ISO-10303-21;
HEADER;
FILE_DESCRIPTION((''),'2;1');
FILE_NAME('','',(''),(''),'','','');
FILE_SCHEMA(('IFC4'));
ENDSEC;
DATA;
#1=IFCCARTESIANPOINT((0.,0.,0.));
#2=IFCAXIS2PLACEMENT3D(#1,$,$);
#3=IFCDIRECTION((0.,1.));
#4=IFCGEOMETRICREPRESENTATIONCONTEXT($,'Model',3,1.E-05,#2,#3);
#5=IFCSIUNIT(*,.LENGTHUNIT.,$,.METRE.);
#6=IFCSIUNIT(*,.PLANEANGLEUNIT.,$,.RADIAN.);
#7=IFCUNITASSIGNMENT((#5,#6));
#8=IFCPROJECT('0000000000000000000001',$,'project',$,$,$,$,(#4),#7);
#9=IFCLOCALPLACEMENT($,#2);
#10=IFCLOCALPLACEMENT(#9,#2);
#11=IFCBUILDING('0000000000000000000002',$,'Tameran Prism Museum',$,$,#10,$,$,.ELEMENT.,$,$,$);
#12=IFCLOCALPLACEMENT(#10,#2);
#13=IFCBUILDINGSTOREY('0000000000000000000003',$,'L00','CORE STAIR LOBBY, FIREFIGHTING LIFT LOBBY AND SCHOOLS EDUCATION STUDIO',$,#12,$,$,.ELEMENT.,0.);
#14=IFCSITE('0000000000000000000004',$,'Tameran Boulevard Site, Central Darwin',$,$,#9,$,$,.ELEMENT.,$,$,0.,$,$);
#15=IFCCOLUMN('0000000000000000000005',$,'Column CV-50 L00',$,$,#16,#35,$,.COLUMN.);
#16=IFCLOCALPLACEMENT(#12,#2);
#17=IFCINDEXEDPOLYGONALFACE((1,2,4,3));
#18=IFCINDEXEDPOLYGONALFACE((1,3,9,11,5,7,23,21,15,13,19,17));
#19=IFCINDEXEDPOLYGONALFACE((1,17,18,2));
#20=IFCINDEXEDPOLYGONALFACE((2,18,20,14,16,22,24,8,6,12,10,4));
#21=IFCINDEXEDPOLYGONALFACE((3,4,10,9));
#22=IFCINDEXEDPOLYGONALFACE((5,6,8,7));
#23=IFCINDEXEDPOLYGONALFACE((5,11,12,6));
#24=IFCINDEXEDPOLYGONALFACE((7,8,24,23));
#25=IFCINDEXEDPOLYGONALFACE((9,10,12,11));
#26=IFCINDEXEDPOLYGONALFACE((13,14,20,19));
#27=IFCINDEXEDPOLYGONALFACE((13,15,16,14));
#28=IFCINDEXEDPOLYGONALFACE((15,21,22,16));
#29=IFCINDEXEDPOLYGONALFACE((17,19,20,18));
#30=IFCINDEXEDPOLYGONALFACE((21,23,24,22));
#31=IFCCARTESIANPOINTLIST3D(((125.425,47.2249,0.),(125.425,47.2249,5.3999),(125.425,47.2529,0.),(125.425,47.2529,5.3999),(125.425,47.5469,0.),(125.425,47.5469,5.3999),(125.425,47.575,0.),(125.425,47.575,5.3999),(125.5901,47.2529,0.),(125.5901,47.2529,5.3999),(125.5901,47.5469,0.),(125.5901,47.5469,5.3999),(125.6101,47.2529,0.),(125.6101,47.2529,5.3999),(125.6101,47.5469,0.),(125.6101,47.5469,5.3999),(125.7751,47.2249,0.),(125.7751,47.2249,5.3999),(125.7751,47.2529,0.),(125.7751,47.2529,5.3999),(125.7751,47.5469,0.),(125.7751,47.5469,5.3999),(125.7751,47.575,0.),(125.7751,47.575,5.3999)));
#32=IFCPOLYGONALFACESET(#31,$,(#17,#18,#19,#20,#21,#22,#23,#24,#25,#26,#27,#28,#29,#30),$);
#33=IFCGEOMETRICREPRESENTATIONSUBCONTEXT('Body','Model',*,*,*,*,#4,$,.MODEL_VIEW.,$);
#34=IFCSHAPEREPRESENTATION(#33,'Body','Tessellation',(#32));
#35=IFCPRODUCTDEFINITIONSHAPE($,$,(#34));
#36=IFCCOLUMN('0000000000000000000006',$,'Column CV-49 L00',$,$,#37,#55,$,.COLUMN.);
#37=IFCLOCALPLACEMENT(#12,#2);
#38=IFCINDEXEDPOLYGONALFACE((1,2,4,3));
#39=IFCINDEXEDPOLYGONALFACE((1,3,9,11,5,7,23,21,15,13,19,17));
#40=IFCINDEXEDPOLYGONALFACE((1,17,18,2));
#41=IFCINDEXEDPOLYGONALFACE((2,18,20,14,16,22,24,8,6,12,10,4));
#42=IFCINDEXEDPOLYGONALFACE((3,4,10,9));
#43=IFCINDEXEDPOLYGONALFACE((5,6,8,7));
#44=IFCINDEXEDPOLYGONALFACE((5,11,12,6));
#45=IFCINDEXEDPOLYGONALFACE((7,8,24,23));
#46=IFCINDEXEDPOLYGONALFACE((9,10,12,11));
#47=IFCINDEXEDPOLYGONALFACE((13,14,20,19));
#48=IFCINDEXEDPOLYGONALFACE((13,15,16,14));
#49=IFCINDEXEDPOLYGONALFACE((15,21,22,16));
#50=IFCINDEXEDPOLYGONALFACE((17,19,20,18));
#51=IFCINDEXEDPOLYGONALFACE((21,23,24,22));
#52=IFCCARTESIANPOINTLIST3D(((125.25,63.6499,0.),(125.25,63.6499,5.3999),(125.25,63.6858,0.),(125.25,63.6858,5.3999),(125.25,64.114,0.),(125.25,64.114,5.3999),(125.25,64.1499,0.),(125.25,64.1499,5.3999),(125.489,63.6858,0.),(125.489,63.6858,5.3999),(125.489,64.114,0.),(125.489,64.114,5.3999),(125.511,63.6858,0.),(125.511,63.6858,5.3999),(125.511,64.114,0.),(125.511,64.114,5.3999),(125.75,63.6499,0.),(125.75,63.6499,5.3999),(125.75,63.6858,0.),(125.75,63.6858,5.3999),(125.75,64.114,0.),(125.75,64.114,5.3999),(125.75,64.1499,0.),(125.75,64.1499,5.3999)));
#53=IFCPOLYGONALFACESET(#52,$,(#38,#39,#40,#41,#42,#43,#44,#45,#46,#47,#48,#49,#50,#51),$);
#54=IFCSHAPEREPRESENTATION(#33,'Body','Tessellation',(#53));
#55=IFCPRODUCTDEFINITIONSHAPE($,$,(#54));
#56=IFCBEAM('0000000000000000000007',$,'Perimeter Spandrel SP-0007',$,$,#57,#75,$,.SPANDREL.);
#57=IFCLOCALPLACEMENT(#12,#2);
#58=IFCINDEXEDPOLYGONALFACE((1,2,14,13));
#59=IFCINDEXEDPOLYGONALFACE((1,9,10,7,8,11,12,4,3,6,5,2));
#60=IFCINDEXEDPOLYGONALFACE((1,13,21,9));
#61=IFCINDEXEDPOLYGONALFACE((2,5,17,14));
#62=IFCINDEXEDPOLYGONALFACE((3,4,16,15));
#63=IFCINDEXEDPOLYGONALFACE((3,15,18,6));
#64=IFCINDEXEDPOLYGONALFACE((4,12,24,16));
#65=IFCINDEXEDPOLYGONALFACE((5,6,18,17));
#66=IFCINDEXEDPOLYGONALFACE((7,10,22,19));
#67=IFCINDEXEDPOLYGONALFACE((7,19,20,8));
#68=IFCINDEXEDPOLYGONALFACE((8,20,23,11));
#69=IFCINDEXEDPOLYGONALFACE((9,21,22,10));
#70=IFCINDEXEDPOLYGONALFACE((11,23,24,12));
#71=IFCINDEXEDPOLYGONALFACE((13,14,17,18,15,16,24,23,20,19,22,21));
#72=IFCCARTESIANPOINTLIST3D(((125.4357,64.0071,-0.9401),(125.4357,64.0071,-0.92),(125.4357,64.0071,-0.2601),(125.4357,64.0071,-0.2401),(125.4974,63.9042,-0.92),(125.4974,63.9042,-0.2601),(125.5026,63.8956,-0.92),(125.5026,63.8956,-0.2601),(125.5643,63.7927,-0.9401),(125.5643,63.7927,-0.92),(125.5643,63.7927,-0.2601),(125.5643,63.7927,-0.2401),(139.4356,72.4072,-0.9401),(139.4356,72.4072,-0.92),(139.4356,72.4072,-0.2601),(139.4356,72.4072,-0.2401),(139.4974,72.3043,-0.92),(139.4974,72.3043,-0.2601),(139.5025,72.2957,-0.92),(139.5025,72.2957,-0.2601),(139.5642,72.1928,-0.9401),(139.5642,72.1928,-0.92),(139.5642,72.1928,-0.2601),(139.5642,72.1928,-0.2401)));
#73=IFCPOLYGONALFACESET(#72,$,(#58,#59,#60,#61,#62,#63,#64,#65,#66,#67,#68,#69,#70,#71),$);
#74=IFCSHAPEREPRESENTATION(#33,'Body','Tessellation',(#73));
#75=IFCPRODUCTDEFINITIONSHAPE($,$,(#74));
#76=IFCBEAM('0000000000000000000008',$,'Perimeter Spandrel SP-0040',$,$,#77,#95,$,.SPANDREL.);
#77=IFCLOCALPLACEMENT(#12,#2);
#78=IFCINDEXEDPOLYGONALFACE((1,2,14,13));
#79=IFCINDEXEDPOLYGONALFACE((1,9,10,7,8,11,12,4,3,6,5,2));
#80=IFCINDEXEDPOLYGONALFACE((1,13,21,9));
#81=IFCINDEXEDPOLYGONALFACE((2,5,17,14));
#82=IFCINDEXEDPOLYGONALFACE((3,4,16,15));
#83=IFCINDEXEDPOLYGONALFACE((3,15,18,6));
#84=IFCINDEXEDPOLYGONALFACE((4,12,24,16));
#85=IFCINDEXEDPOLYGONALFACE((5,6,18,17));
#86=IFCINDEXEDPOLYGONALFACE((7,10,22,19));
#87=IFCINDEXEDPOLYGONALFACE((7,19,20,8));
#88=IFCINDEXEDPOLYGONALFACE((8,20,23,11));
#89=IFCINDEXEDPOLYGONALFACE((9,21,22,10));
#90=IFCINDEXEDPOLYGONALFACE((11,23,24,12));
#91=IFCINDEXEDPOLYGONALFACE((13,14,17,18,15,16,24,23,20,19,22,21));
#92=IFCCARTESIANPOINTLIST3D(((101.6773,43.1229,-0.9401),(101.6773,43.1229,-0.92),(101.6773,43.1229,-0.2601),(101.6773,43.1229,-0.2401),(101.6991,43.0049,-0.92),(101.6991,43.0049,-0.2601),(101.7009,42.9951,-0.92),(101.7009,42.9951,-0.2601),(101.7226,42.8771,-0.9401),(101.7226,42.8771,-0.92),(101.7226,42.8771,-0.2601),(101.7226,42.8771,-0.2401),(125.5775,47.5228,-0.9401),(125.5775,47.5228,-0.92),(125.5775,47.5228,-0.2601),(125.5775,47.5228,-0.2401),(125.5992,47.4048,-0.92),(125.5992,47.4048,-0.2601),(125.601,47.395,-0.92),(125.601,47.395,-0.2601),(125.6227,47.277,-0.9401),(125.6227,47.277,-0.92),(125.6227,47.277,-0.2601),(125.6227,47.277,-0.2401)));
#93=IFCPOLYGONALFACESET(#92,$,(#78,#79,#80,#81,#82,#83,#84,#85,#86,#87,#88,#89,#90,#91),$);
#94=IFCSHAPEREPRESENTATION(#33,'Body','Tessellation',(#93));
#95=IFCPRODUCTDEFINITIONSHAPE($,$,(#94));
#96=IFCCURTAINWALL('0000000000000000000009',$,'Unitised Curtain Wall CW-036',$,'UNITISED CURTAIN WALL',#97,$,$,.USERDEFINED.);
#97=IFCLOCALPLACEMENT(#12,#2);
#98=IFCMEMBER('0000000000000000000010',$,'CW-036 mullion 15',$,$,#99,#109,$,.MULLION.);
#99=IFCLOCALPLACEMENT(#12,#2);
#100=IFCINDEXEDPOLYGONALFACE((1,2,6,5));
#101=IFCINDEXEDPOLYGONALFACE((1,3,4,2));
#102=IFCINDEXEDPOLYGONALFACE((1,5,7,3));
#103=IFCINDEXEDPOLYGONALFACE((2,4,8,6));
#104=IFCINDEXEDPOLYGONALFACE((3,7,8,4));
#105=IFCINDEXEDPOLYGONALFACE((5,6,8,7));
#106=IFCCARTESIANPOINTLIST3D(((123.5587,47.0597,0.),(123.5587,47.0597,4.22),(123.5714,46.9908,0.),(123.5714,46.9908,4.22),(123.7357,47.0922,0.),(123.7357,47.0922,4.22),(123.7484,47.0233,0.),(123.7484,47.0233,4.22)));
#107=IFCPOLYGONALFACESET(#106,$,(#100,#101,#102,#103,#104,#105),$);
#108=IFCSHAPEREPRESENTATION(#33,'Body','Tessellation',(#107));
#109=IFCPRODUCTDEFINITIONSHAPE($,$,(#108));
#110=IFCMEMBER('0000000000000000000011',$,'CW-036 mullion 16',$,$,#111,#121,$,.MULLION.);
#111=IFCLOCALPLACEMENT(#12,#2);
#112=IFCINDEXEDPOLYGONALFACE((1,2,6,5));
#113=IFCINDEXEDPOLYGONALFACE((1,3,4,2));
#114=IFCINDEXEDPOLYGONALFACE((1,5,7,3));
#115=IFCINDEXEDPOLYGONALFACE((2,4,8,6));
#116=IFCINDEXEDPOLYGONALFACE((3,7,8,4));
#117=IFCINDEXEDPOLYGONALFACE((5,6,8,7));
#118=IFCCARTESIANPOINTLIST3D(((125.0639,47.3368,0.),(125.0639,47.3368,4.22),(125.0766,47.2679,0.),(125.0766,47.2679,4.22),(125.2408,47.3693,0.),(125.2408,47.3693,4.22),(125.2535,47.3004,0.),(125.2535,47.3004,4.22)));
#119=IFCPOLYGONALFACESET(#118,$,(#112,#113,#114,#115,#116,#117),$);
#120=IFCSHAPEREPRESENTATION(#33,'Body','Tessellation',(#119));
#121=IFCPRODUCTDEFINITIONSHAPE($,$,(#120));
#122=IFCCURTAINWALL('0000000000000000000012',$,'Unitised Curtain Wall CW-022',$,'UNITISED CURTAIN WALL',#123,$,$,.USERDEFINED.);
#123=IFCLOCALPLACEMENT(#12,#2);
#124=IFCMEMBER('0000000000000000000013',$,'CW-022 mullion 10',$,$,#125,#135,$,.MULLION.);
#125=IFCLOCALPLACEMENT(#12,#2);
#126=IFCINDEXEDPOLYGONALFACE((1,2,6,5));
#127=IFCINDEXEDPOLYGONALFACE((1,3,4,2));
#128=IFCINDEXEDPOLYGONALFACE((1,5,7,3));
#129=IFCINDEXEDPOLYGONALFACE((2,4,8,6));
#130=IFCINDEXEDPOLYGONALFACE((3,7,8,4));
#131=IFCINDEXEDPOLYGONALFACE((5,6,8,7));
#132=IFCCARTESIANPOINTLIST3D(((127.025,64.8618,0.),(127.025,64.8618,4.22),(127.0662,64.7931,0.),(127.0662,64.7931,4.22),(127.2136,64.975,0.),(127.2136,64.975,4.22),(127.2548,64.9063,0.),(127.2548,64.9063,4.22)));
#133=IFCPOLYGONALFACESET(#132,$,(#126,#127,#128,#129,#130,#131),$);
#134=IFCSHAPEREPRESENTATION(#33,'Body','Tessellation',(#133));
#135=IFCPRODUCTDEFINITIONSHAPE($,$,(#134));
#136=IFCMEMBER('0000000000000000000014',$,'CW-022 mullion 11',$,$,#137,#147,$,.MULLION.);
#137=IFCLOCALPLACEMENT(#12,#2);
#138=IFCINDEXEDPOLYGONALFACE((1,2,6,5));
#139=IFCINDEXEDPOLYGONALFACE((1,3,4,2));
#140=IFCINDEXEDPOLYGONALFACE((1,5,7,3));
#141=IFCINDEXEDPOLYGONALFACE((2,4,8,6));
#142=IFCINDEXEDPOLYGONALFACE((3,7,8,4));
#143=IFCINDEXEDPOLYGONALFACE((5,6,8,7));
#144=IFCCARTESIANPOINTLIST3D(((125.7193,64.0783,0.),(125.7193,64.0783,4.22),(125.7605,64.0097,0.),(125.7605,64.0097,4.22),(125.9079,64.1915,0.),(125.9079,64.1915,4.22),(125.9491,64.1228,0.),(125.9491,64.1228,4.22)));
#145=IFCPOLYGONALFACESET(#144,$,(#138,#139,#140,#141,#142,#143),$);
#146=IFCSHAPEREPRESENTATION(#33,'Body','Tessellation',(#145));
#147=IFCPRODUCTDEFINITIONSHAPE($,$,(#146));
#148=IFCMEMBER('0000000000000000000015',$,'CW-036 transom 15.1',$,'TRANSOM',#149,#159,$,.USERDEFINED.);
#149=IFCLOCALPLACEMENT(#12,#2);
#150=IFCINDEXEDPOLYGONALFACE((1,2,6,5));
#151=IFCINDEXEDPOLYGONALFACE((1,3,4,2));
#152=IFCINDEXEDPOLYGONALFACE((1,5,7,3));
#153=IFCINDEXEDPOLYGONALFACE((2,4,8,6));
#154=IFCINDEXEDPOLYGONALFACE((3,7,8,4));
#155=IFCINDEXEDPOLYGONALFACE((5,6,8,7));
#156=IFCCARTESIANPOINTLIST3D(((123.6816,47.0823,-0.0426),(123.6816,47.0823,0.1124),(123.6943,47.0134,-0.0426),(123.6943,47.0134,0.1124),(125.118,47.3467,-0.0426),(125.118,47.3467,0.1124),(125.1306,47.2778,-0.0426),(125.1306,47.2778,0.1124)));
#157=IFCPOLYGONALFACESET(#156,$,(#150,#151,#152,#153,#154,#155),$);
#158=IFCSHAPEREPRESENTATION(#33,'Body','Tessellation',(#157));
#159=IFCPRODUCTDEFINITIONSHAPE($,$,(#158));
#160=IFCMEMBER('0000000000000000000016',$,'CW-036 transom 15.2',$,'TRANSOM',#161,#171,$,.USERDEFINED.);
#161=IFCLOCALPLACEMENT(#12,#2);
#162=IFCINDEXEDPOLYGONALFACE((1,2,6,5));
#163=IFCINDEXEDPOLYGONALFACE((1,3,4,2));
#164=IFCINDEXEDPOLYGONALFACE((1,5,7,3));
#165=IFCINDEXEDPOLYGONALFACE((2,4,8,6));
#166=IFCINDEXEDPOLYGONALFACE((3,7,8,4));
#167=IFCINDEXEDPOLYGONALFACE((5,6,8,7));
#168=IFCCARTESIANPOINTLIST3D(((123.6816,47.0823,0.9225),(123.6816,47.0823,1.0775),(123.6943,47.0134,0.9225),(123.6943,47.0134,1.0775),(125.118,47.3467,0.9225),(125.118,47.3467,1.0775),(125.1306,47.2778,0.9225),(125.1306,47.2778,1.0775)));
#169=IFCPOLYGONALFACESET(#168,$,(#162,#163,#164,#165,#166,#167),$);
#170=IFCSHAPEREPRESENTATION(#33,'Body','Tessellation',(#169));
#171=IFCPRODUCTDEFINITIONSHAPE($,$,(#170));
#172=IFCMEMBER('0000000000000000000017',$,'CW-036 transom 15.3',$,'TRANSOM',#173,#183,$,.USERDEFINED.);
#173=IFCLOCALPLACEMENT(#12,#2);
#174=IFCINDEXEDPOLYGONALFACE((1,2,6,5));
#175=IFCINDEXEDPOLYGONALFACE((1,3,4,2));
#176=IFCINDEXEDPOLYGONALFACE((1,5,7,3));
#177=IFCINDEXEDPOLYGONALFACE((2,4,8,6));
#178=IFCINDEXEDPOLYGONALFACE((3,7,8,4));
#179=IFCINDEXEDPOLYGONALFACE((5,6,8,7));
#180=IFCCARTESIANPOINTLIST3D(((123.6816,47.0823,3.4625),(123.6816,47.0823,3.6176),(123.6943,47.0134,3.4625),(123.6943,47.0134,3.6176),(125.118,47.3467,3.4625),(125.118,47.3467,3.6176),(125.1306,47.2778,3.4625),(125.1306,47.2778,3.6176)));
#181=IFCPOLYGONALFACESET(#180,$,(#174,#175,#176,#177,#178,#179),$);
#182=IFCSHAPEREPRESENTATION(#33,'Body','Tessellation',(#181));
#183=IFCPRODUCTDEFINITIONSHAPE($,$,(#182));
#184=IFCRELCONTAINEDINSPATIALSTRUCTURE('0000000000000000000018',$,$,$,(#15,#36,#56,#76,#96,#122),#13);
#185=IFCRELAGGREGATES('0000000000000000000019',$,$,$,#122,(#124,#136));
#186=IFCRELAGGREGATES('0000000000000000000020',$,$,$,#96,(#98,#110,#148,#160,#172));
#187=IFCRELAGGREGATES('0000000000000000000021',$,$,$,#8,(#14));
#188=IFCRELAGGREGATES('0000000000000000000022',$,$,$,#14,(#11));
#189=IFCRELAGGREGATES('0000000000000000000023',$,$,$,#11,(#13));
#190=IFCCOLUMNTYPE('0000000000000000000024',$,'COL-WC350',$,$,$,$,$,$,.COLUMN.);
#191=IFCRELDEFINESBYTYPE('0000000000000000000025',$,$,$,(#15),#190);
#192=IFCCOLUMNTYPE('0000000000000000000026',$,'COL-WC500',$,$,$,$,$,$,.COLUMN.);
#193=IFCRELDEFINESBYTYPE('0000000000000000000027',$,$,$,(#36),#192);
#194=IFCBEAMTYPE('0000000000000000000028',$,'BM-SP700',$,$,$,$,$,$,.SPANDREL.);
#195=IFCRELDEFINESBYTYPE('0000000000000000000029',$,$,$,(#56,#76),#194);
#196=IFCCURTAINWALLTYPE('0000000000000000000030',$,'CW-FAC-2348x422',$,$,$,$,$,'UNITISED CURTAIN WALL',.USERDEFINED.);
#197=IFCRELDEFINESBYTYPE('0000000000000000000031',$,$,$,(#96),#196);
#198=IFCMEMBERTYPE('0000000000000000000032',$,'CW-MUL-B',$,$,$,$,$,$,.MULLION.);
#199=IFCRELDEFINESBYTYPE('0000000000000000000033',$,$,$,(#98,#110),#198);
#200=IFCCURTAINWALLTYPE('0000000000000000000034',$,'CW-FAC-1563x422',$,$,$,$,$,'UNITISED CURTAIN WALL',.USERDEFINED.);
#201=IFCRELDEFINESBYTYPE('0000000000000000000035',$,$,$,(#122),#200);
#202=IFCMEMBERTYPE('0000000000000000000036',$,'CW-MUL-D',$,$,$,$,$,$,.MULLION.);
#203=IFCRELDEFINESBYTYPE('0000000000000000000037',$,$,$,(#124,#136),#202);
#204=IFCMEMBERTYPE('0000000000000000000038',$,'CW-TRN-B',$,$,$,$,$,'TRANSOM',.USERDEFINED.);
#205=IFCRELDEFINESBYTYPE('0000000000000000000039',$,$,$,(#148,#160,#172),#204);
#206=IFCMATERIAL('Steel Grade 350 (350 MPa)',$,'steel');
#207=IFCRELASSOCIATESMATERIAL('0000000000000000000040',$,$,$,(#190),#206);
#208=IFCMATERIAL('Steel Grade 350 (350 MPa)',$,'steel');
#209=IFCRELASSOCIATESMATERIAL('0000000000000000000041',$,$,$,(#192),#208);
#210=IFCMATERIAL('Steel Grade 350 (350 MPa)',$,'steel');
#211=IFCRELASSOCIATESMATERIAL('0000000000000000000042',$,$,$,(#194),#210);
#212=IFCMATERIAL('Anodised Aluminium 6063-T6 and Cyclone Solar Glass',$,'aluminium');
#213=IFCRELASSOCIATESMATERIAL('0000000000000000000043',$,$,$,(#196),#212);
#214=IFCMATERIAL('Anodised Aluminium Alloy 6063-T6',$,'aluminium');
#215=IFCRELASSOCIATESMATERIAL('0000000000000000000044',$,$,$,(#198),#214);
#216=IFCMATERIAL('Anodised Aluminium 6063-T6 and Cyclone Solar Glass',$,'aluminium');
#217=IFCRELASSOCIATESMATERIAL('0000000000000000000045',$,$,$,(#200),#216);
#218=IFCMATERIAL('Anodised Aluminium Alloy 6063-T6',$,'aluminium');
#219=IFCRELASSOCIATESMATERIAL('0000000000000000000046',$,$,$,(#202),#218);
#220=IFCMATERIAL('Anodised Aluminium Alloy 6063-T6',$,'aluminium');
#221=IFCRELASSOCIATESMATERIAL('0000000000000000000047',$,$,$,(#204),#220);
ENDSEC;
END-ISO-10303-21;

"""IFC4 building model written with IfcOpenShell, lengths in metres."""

from ifc_helpers import new_model, si_unit, direction, frame, origin, origin_2d, place, context, subcontext, project, spatial, rectangle, i_section, extrude, material, material_profile, profile_set, type_object, element, aggregate, save


model = new_model("IFC4")

# Units and contexts
model_context = context("Model", 3, precision=1e-05, world=origin(), true_north=direction((0.0, 1.0)))
body_context = subcontext(model_context, "Body", "Model", "MODEL_VIEW")
ifc_project = project(units=[si_unit("LENGTHUNIT", "METRE"), si_unit("PLANEANGLEUNIT", "RADIAN")], contexts=[model_context])

# Site, building, storey
site_placement = place(None, origin())
site = spatial("IfcSite", under=ifc_project, at=site_placement, Name="Tameran Boulevard Site, Central Darwin", CompositionType="ELEMENT", RefElevation=0.0)
building_placement = place(site_placement, origin())
building = spatial("IfcBuilding", under=site, at=building_placement, Name="Tameran Prism Museum", CompositionType="ELEMENT")
storey_placement = place(building_placement, origin())
storey = spatial("IfcBuildingStorey", under=building, at=storey_placement, Name="L00", Description="CORE STAIR LOBBY, FIREFIGHTING LIFT LOBBY AND SCHOOLS EDUCATION STUDIO", CompositionType="ELEMENT", Elevation=0.0)

# Columns
ifc_material_1 = material(Name="Steel Grade 350 (350 MPa)", Category="steel")
ifc_material_profile_1 = material_profile(ifc_material_1, i_section(OverallWidth=0.3501, OverallDepth=0.3501, WebThickness=0.02, FlangeThickness=0.0281, at=origin_2d()))
ifc_profile_set_1 = profile_set([ifc_material_profile_1])
column_type_1 = type_object("IfcColumnType", Name="COL-WC350", PredefinedType="COLUMN", material=ifc_profile_set_1)
column_1_placement = place(storey_placement, frame((125.6001, 47.3999, 0.0), z_axis=(0.0, 0.0, 1.0), x_axis=(1.0, 0.0, 0.0)))
element("IfcColumn", 1, at=column_1_placement, inside=storey, type_object=column_type_1, Name="Column CV-50 L00", PredefinedType="COLUMN", context=body_context, shape_type="SweptSolid", body=[
    extrude(i_section(OverallWidth=0.3501, OverallDepth=0.3501, WebThickness=0.02, FlangeThickness=0.0281, at=origin_2d()), origin(), (0.0, 0.0, 1.0), 5.3999),
])
ifc_material_2 = material(Name="Steel Grade 350 (350 MPa)", Category="steel")
ifc_material_profile_2 = material_profile(ifc_material_2, i_section(OverallWidth=0.5, OverallDepth=0.5, WebThickness=0.022, FlangeThickness=0.0359, at=origin_2d()))
ifc_profile_set_2 = profile_set([ifc_material_profile_2])
column_type_2 = type_object("IfcColumnType", Name="COL-WC500", PredefinedType="COLUMN", material=ifc_profile_set_2)
column_2_placement = place(storey_placement, frame((125.5, 63.8999, 0.0), z_axis=(0.0, 0.0, 1.0), x_axis=(1.0, 0.0, 0.0)))
element("IfcColumn", 2, at=column_2_placement, inside=storey, type_object=column_type_2, Name="Column CV-49 L00", PredefinedType="COLUMN", context=body_context, shape_type="SweptSolid", body=[
    extrude(i_section(OverallWidth=0.5, OverallDepth=0.5, WebThickness=0.022, FlangeThickness=0.0359, at=origin_2d()), origin(), (0.0, 0.0, 1.0), 5.3999),
])

# Beams
ifc_material_3 = material(Name="Steel Grade 350 (350 MPa)", Category="steel")
ifc_material_profile_3 = material_profile(ifc_material_3, i_section(OverallWidth=0.25, OverallDepth=0.7, WebThickness=0.01, FlangeThickness=0.02, at=origin_2d()))
ifc_profile_set_3 = profile_set([ifc_material_profile_3])
beam_type = type_object("IfcBeamType", Name="BM-SP700", PredefinedType="SPANDREL", material=ifc_profile_set_3)
beam_1_placement = place(storey_placement, frame((125.5, 63.8999, -0.5901), z_axis=(0.857489, 0.514502, 0.0), x_axis=(-0.514502, 0.857489, 0.0)))
element("IfcBeam", 3, at=beam_1_placement, inside=storey, type_object=beam_type, Name="Perimeter Spandrel SP-0007", PredefinedType="SPANDREL", context=body_context, shape_type="SweptSolid", body=[
    extrude(i_section(OverallWidth=0.25, OverallDepth=0.7, WebThickness=0.01, FlangeThickness=0.02, at=origin_2d()), origin(), (0.0, 0.0, 1.0), 16.3267),
])
beam_2_placement = place(storey_placement, frame((125.6001, 47.3999, -0.5901), z_axis=(-0.983473, -0.181053, 0.0), x_axis=(0.181053, -0.983473, 0.0)))
element("IfcBeam", 4, at=beam_2_placement, inside=storey, type_object=beam_type, Name="Perimeter Spandrel SP-0040", PredefinedType="SPANDREL", context=body_context, shape_type="SweptSolid", body=[
    extrude(i_section(OverallWidth=0.25, OverallDepth=0.7, WebThickness=0.01, FlangeThickness=0.02, at=origin_2d()), origin(), (0.0, 0.0, 1.0), 24.3018),
])

# Curtain walls, members
ifc_material_4 = material(Name="Anodised Aluminium 6063-T6 and Cyclone Solar Glass", Category="aluminium")
curtain_wall_type_1 = type_object("IfcCurtainWallType", Name="CW-FAC-2348x422", ElementType="UNITISED CURTAIN WALL", PredefinedType="USERDEFINED", material=ifc_material_4)
curtain_wall_1_placement = place(storey_placement, origin())
curtain_wall_1 = element("IfcCurtainWall", 5, at=curtain_wall_1_placement, inside=storey, type_object=curtain_wall_type_1, Name="Unitised Curtain Wall CW-036", ObjectType="UNITISED CURTAIN WALL", PredefinedType="USERDEFINED")
ifc_material_5 = material(Name="Anodised Aluminium Alloy 6063-T6", Category="aluminium")
ifc_material_profile_4 = material_profile(ifc_material_5, rectangle(XDim=0.0701, YDim=0.1799, at=origin_2d()))
ifc_profile_set_4 = profile_set([ifc_material_profile_4])
member_type_1 = type_object("IfcMemberType", Name="CW-MUL-B", PredefinedType="MULLION", material=ifc_profile_set_4)
member_1_placement = place(storey_placement, frame((123.6536, 47.0415, 0.0), z_axis=(0.0, 0.0, 1.0), x_axis=(-0.181063, 0.983472, 0.0)))
member_1 = element("IfcMember", 6, at=member_1_placement, type_object=member_type_1, Name="CW-036 mullion 15", PredefinedType="MULLION", context=body_context, shape_type="SweptSolid", body=[
    extrude(rectangle(XDim=0.0701, YDim=0.1799, at=origin_2d()), origin(), (0.0, 0.0, 1.0), 4.22),
])
member_2_placement = place(storey_placement, frame((125.1587, 47.3186, 0.0), z_axis=(0.0, 0.0, 1.0), x_axis=(-0.181063, 0.983472, 0.0)))
member_2 = element("IfcMember", 7, at=member_2_placement, type_object=member_type_1, Name="CW-036 mullion 16", PredefinedType="MULLION", context=body_context, shape_type="SweptSolid", body=[
    extrude(rectangle(XDim=0.0701, YDim=0.1799, at=origin_2d()), origin(), (0.0, 0.0, 1.0), 4.22),
])
ifc_material_6 = material(Name="Anodised Aluminium 6063-T6 and Cyclone Solar Glass", Category="aluminium")
curtain_wall_type_2 = type_object("IfcCurtainWallType", Name="CW-FAC-1563x422", ElementType="UNITISED CURTAIN WALL", PredefinedType="USERDEFINED", material=ifc_material_6)
curtain_wall_2_placement = place(storey_placement, origin())
curtain_wall_2 = element("IfcCurtainWall", 8, at=curtain_wall_2_placement, inside=storey, type_object=curtain_wall_type_2, Name="Unitised Curtain Wall CW-022", ObjectType="UNITISED CURTAIN WALL", PredefinedType="USERDEFINED")
ifc_material_7 = material(Name="Anodised Aluminium Alloy 6063-T6", Category="aluminium")
ifc_material_profile_5 = material_profile(ifc_material_7, rectangle(XDim=0.0801, YDim=0.22, at=origin_2d()))
ifc_profile_set_5 = profile_set([ifc_material_profile_5])
member_type_2 = type_object("IfcMemberType", Name="CW-MUL-D", PredefinedType="MULLION", material=ifc_profile_set_5)
member_3_placement = place(storey_placement, frame((127.1399, 64.884, 0.0), z_axis=(0.0, 0.0, 1.0), x_axis=(0.514496, -0.857493, 0.0)))
member_3 = element("IfcMember", 9, at=member_3_placement, type_object=member_type_2, Name="CW-022 mullion 10", PredefinedType="MULLION", context=body_context, shape_type="SweptSolid", body=[
    extrude(rectangle(XDim=0.0801, YDim=0.22, at=origin_2d()), origin(), (0.0, 0.0, 1.0), 4.22),
])
member_4_placement = place(storey_placement, frame((125.8342, 64.1006, 0.0), z_axis=(0.0, 0.0, 1.0), x_axis=(0.514496, -0.857493, 0.0)))
member_4 = element("IfcMember", 10, at=member_4_placement, type_object=member_type_2, Name="CW-022 mullion 11", PredefinedType="MULLION", context=body_context, shape_type="SweptSolid", body=[
    extrude(rectangle(XDim=0.0801, YDim=0.22, at=origin_2d()), origin(), (0.0, 0.0, 1.0), 4.22),
])

# Members
ifc_material_8 = material(Name="Anodised Aluminium Alloy 6063-T6", Category="aluminium")
ifc_material_profile_6 = material_profile(ifc_material_8, rectangle(XDim=0.0701, YDim=0.155, at=origin_2d()))
ifc_profile_set_6 = profile_set([ifc_material_profile_6])
member_type_3 = type_object("IfcMemberType", Name="CW-TRN-B", ElementType="TRANSOM", PredefinedType="USERDEFINED", material=ifc_profile_set_6)
member_5_placement = place(storey_placement, frame((123.688, 47.0479, 0.0349), z_axis=(0.983474, 0.181048, 0.0), x_axis=(-0.181048, 0.983474, 0.0)))
member_5 = element("IfcMember", 11, at=member_5_placement, type_object=member_type_3, Name="CW-036 transom 15.1", ObjectType="TRANSOM", PredefinedType="USERDEFINED", context=body_context, shape_type="SweptSolid", body=[
    extrude(rectangle(XDim=0.0701, YDim=0.155, at=origin_2d()), origin(), (0.0, 0.0, 1.0), 1.4604),
])
member_6_placement = place(storey_placement, frame((123.688, 47.0479, 1.0), z_axis=(0.983474, 0.181048, 0.0), x_axis=(-0.181048, 0.983474, 0.0)))
member_6 = element("IfcMember", 12, at=member_6_placement, type_object=member_type_3, Name="CW-036 transom 15.2", ObjectType="TRANSOM", PredefinedType="USERDEFINED", context=body_context, shape_type="SweptSolid", body=[
    extrude(rectangle(XDim=0.0701, YDim=0.155, at=origin_2d()), origin(), (0.0, 0.0, 1.0), 1.4604),
])
member_7_placement = place(storey_placement, frame((123.688, 47.0479, 3.54), z_axis=(0.983474, 0.181048, 0.0), x_axis=(-0.181048, 0.983474, 0.0)))
member_7 = element("IfcMember", 13, at=member_7_placement, type_object=member_type_3, Name="CW-036 transom 15.3", ObjectType="TRANSOM", PredefinedType="USERDEFINED", context=body_context, shape_type="SweptSolid", body=[
    extrude(rectangle(XDim=0.0701, YDim=0.155, at=origin_2d()), origin(), (0.0, 0.0, 1.0), 1.4604),
])

aggregate(curtain_wall_2, [member_3, member_4])
aggregate(curtain_wall_1, [member_1, member_2, member_5, member_6, member_7])

save(model, "model.ifc")
